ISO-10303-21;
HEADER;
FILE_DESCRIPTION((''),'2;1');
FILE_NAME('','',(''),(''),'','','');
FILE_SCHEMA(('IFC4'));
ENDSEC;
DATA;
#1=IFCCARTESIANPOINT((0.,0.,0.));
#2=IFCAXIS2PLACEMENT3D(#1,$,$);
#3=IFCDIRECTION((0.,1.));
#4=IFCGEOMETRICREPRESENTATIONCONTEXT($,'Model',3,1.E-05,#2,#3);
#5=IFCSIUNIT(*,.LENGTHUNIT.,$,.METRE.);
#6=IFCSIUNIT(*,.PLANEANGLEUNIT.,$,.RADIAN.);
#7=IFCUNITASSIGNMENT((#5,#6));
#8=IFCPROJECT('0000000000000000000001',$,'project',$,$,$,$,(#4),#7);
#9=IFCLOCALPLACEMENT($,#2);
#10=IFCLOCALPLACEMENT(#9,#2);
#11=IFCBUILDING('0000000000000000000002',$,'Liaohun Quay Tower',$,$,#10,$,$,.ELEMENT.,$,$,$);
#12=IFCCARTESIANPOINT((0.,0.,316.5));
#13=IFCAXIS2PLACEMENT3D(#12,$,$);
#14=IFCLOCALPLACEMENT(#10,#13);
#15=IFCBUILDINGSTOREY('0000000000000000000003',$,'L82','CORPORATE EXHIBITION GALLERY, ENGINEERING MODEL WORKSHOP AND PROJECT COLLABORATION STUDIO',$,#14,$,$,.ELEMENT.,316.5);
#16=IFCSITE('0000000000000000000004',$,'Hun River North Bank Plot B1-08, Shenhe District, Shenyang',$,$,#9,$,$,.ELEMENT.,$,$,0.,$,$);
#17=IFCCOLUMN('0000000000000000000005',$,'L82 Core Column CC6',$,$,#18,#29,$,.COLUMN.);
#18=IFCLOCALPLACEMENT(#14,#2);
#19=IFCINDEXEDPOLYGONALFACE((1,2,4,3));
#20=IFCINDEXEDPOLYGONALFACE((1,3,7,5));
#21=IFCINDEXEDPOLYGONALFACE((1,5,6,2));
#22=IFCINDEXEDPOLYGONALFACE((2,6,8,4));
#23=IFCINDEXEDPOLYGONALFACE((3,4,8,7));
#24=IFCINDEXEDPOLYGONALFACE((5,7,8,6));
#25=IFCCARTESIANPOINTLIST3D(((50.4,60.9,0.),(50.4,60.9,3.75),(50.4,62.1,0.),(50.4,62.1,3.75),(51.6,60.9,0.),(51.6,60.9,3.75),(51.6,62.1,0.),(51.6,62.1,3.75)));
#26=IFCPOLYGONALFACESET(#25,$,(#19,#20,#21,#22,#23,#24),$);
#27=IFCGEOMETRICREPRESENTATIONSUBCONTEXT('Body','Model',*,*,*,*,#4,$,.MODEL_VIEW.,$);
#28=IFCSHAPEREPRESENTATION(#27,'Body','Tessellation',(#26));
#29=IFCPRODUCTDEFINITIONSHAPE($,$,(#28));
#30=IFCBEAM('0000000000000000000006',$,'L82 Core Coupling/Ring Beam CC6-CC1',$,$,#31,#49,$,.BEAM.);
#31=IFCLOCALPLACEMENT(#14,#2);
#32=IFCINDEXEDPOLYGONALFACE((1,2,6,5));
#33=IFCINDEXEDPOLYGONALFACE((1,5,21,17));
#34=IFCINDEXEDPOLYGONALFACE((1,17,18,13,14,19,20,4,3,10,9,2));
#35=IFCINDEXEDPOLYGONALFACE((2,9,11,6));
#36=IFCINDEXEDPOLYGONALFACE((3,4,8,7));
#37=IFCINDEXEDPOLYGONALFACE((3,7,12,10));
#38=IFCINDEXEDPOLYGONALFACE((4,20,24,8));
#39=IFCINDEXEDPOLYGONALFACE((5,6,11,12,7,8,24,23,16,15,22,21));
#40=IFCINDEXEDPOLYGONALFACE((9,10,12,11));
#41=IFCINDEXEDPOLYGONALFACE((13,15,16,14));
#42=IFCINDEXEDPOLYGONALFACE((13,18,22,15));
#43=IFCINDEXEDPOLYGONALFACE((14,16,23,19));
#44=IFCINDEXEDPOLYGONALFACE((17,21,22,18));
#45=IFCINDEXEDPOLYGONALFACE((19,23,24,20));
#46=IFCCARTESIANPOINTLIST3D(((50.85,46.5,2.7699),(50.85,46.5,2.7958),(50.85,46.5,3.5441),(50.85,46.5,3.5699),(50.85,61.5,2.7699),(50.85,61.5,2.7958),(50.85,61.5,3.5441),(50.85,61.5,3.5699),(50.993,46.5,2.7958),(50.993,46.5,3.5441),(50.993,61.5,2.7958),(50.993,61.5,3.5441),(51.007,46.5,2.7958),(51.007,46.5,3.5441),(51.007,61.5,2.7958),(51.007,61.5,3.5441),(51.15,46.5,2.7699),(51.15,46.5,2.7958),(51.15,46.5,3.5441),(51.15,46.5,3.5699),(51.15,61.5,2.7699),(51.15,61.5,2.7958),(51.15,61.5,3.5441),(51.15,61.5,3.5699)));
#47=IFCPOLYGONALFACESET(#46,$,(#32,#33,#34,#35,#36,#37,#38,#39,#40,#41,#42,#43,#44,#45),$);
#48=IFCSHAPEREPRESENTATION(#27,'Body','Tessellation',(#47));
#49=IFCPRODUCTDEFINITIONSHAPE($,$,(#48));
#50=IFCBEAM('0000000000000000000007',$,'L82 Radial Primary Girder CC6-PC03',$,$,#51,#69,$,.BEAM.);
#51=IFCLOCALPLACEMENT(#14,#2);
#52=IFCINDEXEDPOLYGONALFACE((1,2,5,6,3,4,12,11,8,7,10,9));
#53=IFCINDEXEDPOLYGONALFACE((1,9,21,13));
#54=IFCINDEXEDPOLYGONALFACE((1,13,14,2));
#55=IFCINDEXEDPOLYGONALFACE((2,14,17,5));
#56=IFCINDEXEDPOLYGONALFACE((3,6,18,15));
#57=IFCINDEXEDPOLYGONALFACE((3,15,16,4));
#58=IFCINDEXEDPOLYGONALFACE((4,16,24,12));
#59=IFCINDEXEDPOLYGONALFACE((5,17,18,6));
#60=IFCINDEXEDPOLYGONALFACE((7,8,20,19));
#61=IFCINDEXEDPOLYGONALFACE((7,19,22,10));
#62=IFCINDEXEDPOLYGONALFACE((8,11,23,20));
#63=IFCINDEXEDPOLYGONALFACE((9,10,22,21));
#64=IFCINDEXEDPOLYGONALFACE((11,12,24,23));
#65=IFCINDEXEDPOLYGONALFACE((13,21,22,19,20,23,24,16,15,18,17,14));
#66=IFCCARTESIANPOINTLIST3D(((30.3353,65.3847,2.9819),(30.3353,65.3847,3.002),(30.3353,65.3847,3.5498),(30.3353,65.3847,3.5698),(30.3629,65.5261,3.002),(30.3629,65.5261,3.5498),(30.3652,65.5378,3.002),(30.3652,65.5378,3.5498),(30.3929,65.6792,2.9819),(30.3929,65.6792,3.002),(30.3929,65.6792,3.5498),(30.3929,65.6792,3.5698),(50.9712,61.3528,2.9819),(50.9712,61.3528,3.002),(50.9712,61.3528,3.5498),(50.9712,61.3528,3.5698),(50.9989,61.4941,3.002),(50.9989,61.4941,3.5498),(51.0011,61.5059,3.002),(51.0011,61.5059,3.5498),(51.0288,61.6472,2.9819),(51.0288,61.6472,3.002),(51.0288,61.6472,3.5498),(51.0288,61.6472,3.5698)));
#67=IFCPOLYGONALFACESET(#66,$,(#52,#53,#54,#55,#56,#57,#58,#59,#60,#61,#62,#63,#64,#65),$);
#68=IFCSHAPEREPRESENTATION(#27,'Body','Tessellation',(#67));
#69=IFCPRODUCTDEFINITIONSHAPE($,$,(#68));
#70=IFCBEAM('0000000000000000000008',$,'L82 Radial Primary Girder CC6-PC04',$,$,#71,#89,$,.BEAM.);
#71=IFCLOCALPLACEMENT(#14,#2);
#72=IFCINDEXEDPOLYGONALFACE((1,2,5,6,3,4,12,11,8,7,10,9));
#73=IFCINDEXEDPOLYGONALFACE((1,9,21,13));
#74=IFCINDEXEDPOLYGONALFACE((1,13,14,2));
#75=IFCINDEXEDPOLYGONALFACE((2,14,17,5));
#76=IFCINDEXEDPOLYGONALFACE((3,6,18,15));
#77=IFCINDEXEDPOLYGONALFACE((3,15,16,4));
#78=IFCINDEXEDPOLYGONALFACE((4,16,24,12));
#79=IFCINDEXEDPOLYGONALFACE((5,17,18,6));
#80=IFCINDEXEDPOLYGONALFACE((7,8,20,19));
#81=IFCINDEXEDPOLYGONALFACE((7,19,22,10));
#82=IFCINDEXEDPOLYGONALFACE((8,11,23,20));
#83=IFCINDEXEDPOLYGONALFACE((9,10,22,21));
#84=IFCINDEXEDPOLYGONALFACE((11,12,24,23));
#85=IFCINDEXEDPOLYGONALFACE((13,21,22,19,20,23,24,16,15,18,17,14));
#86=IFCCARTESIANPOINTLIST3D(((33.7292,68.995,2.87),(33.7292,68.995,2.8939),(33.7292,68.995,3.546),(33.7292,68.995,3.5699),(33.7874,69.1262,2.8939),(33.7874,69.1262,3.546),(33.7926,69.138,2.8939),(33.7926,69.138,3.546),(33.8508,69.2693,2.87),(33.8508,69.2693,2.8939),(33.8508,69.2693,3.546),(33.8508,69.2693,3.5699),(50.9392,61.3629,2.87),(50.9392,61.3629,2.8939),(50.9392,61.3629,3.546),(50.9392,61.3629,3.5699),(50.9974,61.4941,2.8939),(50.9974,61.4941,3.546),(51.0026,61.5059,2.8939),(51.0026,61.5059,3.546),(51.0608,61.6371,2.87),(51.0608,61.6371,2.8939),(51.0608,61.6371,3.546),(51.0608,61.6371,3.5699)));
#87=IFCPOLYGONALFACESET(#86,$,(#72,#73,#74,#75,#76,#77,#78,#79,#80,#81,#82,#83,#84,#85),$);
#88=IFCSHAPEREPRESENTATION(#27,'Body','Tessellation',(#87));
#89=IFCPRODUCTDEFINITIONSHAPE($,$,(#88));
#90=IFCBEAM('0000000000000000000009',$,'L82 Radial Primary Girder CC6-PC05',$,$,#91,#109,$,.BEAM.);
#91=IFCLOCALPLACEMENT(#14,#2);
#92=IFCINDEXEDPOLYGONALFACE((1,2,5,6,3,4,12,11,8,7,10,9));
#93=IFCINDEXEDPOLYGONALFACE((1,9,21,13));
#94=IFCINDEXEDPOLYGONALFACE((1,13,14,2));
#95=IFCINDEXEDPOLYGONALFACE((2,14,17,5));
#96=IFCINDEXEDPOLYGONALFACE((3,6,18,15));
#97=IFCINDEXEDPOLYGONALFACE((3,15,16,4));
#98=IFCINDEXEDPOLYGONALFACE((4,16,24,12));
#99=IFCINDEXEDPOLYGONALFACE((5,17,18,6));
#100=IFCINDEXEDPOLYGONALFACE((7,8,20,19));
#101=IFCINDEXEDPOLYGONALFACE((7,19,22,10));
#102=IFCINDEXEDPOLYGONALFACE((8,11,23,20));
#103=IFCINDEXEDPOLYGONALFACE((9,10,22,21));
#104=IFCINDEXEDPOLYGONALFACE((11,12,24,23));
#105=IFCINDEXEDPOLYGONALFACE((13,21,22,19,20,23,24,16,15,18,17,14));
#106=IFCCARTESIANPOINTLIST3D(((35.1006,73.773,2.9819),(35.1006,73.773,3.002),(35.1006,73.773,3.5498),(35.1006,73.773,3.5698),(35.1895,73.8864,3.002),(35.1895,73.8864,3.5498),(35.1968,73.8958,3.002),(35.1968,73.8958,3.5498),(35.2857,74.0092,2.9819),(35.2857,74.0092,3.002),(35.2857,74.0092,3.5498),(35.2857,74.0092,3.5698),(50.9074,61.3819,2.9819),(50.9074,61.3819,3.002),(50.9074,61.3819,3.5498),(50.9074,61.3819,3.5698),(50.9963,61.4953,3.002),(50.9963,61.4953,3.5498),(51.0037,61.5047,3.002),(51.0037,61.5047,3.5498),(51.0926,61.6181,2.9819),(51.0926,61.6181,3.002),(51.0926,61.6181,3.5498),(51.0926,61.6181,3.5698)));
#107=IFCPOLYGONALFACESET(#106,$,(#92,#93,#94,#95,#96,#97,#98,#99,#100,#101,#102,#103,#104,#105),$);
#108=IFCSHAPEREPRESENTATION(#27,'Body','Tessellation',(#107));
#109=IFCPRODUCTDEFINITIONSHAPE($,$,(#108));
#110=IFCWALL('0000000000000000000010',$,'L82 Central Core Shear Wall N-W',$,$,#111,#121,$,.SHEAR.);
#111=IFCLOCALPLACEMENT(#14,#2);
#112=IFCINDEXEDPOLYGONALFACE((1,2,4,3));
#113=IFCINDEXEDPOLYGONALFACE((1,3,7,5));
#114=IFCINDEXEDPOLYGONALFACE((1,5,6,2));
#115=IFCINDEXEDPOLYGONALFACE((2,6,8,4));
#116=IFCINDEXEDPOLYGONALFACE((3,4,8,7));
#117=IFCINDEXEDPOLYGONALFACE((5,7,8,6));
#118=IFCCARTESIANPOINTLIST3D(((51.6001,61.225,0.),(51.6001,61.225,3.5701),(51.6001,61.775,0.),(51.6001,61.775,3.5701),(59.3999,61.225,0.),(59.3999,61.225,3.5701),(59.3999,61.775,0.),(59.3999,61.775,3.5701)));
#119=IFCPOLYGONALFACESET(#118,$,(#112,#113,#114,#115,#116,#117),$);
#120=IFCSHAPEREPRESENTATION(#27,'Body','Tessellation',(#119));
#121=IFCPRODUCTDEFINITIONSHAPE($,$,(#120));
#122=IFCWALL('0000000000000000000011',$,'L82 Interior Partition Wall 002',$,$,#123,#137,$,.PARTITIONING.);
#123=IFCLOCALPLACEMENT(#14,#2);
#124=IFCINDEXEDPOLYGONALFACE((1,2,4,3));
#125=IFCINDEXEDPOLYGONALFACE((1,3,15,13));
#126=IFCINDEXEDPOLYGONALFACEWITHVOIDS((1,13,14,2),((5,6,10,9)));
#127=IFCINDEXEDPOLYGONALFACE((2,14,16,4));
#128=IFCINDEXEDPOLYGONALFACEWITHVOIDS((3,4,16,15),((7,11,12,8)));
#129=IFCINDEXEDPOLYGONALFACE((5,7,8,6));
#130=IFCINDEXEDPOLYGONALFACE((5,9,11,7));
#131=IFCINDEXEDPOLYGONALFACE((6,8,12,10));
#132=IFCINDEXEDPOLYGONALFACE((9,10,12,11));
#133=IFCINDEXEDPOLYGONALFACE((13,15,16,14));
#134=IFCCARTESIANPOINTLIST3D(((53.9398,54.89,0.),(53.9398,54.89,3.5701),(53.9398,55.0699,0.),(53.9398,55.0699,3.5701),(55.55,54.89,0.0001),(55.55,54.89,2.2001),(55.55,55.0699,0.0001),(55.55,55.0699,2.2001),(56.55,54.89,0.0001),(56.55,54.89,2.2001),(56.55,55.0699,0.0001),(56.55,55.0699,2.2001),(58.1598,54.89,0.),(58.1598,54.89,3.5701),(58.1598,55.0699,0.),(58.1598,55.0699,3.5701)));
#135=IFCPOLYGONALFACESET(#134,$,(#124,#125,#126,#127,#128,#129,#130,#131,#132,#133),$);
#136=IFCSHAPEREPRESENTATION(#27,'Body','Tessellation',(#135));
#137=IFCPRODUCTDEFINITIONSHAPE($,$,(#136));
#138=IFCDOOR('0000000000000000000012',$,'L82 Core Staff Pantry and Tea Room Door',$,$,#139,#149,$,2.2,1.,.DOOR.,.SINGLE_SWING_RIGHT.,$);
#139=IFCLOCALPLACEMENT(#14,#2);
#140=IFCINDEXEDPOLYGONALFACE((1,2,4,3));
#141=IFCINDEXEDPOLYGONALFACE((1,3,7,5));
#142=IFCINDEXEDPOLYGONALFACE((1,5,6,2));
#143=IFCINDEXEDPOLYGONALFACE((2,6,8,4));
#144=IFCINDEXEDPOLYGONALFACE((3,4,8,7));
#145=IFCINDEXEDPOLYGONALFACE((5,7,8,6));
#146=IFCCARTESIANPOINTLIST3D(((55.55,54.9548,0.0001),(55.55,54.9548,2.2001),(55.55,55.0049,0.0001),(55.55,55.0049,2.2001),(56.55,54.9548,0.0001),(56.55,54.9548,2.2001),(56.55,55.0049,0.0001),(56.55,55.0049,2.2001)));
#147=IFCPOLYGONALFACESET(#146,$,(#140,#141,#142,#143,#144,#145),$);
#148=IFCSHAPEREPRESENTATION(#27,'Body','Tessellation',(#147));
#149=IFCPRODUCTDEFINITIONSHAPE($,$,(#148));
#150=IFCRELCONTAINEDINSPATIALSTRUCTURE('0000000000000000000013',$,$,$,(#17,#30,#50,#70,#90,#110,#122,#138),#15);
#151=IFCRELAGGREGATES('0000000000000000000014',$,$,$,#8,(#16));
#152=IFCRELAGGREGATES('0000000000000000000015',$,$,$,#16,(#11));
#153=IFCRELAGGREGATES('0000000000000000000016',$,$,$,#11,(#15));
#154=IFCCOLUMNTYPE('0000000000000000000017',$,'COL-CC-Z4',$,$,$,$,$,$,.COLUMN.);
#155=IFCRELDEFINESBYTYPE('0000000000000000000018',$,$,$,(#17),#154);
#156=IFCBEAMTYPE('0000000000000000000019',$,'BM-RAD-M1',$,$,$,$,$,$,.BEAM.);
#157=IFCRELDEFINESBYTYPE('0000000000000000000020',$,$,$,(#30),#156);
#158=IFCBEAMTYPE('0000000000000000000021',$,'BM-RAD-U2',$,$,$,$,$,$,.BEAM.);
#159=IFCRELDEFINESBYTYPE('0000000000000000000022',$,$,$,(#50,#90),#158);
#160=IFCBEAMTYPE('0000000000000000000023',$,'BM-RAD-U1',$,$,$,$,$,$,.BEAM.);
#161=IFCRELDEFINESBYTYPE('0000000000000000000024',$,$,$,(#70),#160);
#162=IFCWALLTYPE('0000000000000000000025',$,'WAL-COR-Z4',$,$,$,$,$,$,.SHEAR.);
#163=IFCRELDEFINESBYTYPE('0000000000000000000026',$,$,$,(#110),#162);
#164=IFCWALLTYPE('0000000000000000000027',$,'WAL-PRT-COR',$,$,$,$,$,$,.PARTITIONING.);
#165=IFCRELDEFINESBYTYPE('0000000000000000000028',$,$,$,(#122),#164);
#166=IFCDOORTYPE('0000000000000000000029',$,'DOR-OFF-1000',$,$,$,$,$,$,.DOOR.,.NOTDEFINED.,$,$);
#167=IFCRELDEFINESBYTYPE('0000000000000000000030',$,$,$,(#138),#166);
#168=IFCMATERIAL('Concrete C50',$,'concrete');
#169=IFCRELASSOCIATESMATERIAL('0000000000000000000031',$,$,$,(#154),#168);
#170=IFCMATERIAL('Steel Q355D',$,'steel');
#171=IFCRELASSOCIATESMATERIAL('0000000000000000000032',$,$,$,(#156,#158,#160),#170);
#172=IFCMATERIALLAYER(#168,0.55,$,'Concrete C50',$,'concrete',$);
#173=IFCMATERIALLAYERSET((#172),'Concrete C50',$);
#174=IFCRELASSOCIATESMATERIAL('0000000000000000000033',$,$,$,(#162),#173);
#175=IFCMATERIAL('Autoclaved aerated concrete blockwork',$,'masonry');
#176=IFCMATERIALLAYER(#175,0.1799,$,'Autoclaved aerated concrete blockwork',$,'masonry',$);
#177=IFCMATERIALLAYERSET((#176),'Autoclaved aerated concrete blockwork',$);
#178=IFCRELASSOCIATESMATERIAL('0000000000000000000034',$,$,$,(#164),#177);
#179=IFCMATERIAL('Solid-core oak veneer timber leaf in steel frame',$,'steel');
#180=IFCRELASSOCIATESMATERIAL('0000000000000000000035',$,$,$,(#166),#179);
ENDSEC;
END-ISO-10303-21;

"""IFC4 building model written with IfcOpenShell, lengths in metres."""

from ifc_helpers import new_model, si_unit, direction, frame, frame_2d, origin, origin_2d, place, context, subcontext, project, spatial, rectangle, i_section, extrude, source, transform, mapped, material, layer, layer_set, material_profile, profile_set, type_object, element, fill, save


model = new_model("IFC4")

# Units and contexts
model_context = context("Model", 3, precision=1e-05, world=origin(), true_north=direction((0.0, 1.0)))
body_context = subcontext(model_context, "Body", "Model", "MODEL_VIEW")
ifc_project = project(units=[si_unit("LENGTHUNIT", "METRE"), si_unit("PLANEANGLEUNIT", "RADIAN")], contexts=[model_context])

# Site, building, storey
site_placement = place(None, origin())
site = spatial("IfcSite", under=ifc_project, at=site_placement, Name="Hun River North Bank Plot B1-08, Shenhe District, Shenyang", CompositionType="ELEMENT", RefElevation=0.0)
building_placement = place(site_placement, origin())
building = spatial("IfcBuilding", under=site, at=building_placement, Name="Liaohun Quay Tower", CompositionType="ELEMENT")
storey_placement = place(building_placement, frame((0.0, 0.0, 316.5)))
storey = spatial("IfcBuildingStorey", under=building, at=storey_placement, Name="L82", Description="CORPORATE EXHIBITION GALLERY, ENGINEERING MODEL WORKSHOP AND PROJECT COLLABORATION STUDIO", CompositionType="ELEMENT", Elevation=316.5)

# Column
ifc_material_1 = material(Name="Concrete C50", Category="concrete")
ifc_material_profile_1 = material_profile(ifc_material_1, rectangle(XDim=1.2, YDim=1.2, at=origin_2d()), Name="RC1200x1200")
ifc_profile_set_1 = profile_set([ifc_material_profile_1], Name="Concrete C50")
column_type = type_object("IfcColumnType", Name="COL-CC-Z4", PredefinedType="COLUMN", material=ifc_profile_set_1)
shared_shape_1 = source(origin(), body_context, "Body", "SweptSolid", [
    extrude(rectangle(XDim=1.2, YDim=1.2, at=origin_2d()), origin(), (0.0, 0.0, 1.0), 3.75),
])
column_placement = place(storey_placement, frame((51.0, 61.5, 0.0), z_axis=(0.0, 0.0, 1.0), x_axis=(1.0, 0.0, 0.0)))
element("IfcColumn", 1, at=column_placement, inside=storey, type_object=column_type, Name="L82 Core Column CC6", PredefinedType="COLUMN", context=body_context, shape_type="MappedRepresentation", body=[
    mapped(shared_shape_1, transform((0.0, 0.0, 0.0), x_axis=(1.0, 0.0, 0.0), y_axis=(0.0, 1.0, 0.0), z_axis=(0.0, 0.0, 1.0), scale=1.0)),
])

# Beams
ifc_material_2 = material(Name="Steel Q355D", Category="steel")
ifc_material_profile_2 = material_profile(ifc_material_2, i_section(OverallWidth=0.3, OverallDepth=0.8, WebThickness=0.0139, FlangeThickness=0.0259, at=origin_2d()), Name="HN800x300x14x26")
ifc_profile_set_2 = profile_set([ifc_material_profile_2], Name="Steel Q355D")
beam_type_1 = type_object("IfcBeamType", Name="BM-RAD-M1", PredefinedType="BEAM", material=ifc_profile_set_2)
shared_shape_2 = source(origin(), body_context, "Body", "SweptSolid", [
    extrude(i_section(OverallWidth=0.3, OverallDepth=0.8, WebThickness=0.0139, FlangeThickness=0.0259, at=origin_2d()), origin(), (0.0, 0.0, 1.0), 15.0),
])
beam_1_placement = place(storey_placement, frame((51.0, 61.5, 3.1699), z_axis=(0.0, -1.0, 0.0), x_axis=(1.0, 0.0, 0.0)))
element("IfcBeam", 2, at=beam_1_placement, inside=storey, type_object=beam_type_1, Name="L82 Core Coupling/Ring Beam CC6-CC1", PredefinedType="BEAM", context=body_context, shape_type="MappedRepresentation", body=[
    mapped(shared_shape_2, transform((0.0, 0.0, 0.0), x_axis=(1.0, 0.0, 0.0), y_axis=(0.0, 1.0, 0.0), z_axis=(0.0, 0.0, 1.0), scale=1.0)),
])
ifc_material_profile_3 = material_profile(ifc_material_2, i_section(OverallWidth=0.3, OverallDepth=0.5879, WebThickness=0.012, FlangeThickness=0.02, at=origin_2d()), Name="HM588x300x12x20")
ifc_profile_set_3 = profile_set([ifc_material_profile_3], Name="Steel Q355D")
beam_type_2 = type_object("IfcBeamType", Name="BM-RAD-U2", PredefinedType="BEAM", material=ifc_profile_set_3)
shared_shape_3 = source(origin(), body_context, "Body", "SweptSolid", [
    extrude(i_section(OverallWidth=0.3, OverallDepth=0.5879, WebThickness=0.012, FlangeThickness=0.02, at=origin_2d()), origin(), (0.0, 0.0, 1.0), 21.0261),
])
beam_2_placement = place(storey_placement, frame((51.0, 61.5, 3.2759), z_axis=(-0.981442, 0.19176, 0.0), x_axis=(-0.19176, -0.981442, 0.0)))
element("IfcBeam", 3, at=beam_2_placement, inside=storey, type_object=beam_type_2, Name="L82 Radial Primary Girder CC6-PC03", PredefinedType="BEAM", context=body_context, shape_type="MappedRepresentation", body=[
    mapped(shared_shape_3, transform((0.0, 0.0, 0.0), x_axis=(1.0, 0.0, 0.0), y_axis=(0.0, 1.0, 0.0), z_axis=(0.0, 0.0, 1.0), scale=1.0)),
])
ifc_material_profile_4 = material_profile(ifc_material_2, i_section(OverallWidth=0.3, OverallDepth=0.7, WebThickness=0.0129, FlangeThickness=0.0239, at=origin_2d()), Name="HN700x300x13x24")
ifc_profile_set_4 = profile_set([ifc_material_profile_4], Name="Steel Q355D")
beam_type_3 = type_object("IfcBeamType", Name="BM-RAD-U1", PredefinedType="BEAM", material=ifc_profile_set_4)
shared_shape_4 = source(origin(), body_context, "Body", "SweptSolid", [
    extrude(i_section(OverallWidth=0.3, OverallDepth=0.7, WebThickness=0.0129, FlangeThickness=0.0239, at=origin_2d()), origin(), (0.0, 0.0, 1.0), 18.8264),
])
beam_3_placement = place(storey_placement, frame((51.0, 61.5, 3.22), z_axis=(-0.914142, 0.405394, 0.0), x_axis=(-0.405394, -0.914142, 0.0)))
element("IfcBeam", 4, at=beam_3_placement, inside=storey, type_object=beam_type_3, Name="L82 Radial Primary Girder CC6-PC04", PredefinedType="BEAM", context=body_context, shape_type="MappedRepresentation", body=[
    mapped(shared_shape_4, transform((0.0, 0.0, 0.0), x_axis=(1.0, 0.0, 0.0), y_axis=(0.0, 1.0, 0.0), z_axis=(0.0, 0.0, 1.0), scale=1.0)),
])
shared_shape_5 = source(origin(), body_context, "Body", "SweptSolid", [
    extrude(i_section(OverallWidth=0.3, OverallDepth=0.5879, WebThickness=0.012, FlangeThickness=0.02, at=origin_2d()), origin(), (0.0, 0.0, 1.0), 20.0847),
])
beam_4_placement = place(storey_placement, frame((51.0, 61.5, 3.2759), z_axis=(-0.787009, 0.616941, 0.0), x_axis=(-0.616941, -0.787009, 0.0)))
element("IfcBeam", 5, at=beam_4_placement, inside=storey, type_object=beam_type_2, Name="L82 Radial Primary Girder CC6-PC05", PredefinedType="BEAM", context=body_context, shape_type="MappedRepresentation", body=[
    mapped(shared_shape_5, transform((0.0, 0.0, 0.0), x_axis=(1.0, 0.0, 0.0), y_axis=(0.0, 1.0, 0.0), z_axis=(0.0, 0.0, 1.0), scale=1.0)),
])

# Wall
ifc_layer_1 = layer(ifc_material_1, 0.55, Name="Concrete C50", Category="concrete")
ifc_layer_set_1 = layer_set([ifc_layer_1], Name="Concrete C50")
wall_type_1 = type_object("IfcWallType", Name="WAL-COR-Z4", PredefinedType="SHEAR", material=ifc_layer_set_1)
wall_1_placement = place(storey_placement, frame((51.6001, 61.5, 0.0), z_axis=(0.0, 0.0, 1.0), x_axis=(1.0, 0.0, 0.0)))
element("IfcWall", 6, at=wall_1_placement, inside=storey, type_object=wall_type_1, Name="L82 Central Core Shear Wall N-W", PredefinedType="SHEAR", context=body_context, shape_type="SweptSolid", body=[
    extrude(rectangle(XDim=7.7998, YDim=0.55, at=frame_2d((3.8999, 0.0))), origin(), (0.0, 0.0, 1.0), 3.5701),
])

# Wall, opening, door
ifc_material_3 = material(Name="Autoclaved aerated concrete blockwork", Category="masonry")
ifc_layer_2 = layer(ifc_material_3, 0.1799, Name="Autoclaved aerated concrete blockwork", Category="masonry")
ifc_layer_set_2 = layer_set([ifc_layer_2], Name="Autoclaved aerated concrete blockwork")
wall_type_2 = type_object("IfcWallType", Name="WAL-PRT-COR", PredefinedType="PARTITIONING", material=ifc_layer_set_2)
wall_2_placement = place(storey_placement, frame((53.9399, 54.98, 0.0), z_axis=(0.0, 0.0, 1.0), x_axis=(1.0, 0.0, 0.0)))
wall_2 = element("IfcWall", 7, at=wall_2_placement, inside=storey, type_object=wall_type_2, Name="L82 Interior Partition Wall 002", PredefinedType="PARTITIONING", context=body_context, shape_type="SweptSolid", body=[
    extrude(rectangle(XDim=4.22, YDim=0.1799, at=frame_2d((2.1099, 0.0))), origin(), (0.0, 0.0, 1.0), 3.5701),
])
shared_shape_6 = source(origin(), body_context, "Body", "SweptSolid", [
    extrude(rectangle(XDim=1.0, YDim=2.2, at=frame_2d((0.5, 1.1001))), frame((0.0, 0.0999, 0.0), z_axis=(0.0, -1.0, 0.0), x_axis=(1.0, 0.0, 0.0)), (0.0, 0.0, 1.0), 0.2),
])
opening_1_placement = place(wall_2_placement, frame((1.6101, 0.0, 0.0)))
opening_1 = element("IfcOpeningElement", 8, at=opening_1_placement, cuts=wall_2, PredefinedType="OPENING", context=body_context, shape_type="MappedRepresentation", body=[
    mapped(shared_shape_6, transform((0.0, 0.0, 0.0), x_axis=(1.0, 0.0, 0.0), y_axis=(0.0, 1.0, 0.0), z_axis=(0.0, 0.0, 1.0), scale=1.0)),
])
ifc_material_4 = material(Name="Solid-core oak veneer timber leaf in steel frame", Category="steel")
door_type_1 = type_object("IfcDoorType", Name="DOR-OFF-1000", OperationType="NOTDEFINED", PredefinedType="DOOR", material=ifc_material_4)
shared_shape_7 = source(origin(), body_context, "Body", "SweptSolid", [
    extrude(rectangle(XDim=1.0, YDim=2.2, at=frame_2d((0.5, 1.1001))), frame((0.0, 0.0249, 0.0), z_axis=(0.0, -1.0, 0.0), x_axis=(1.0, 0.0, 0.0)), (0.0, 0.0, 1.0), 0.05),
])
door_1_placement = place(opening_1_placement, origin())
door_1 = element("IfcDoor", 9, at=door_1_placement, inside=storey, type_object=door_type_1, Name="L82 Core Staff Pantry and Tea Room Door", OperationType="SINGLE_SWING_RIGHT", OverallHeight=2.2, OverallWidth=1.0, PredefinedType="DOOR", context=body_context, shape_type="MappedRepresentation", body=[
    mapped(shared_shape_7, transform((0.0, 0.0, 0.0), x_axis=(1.0, 0.0, 0.0), y_axis=(0.0, 1.0, 0.0), z_axis=(0.0, 0.0, 1.0), scale=1.0)),
])
fill(opening_1, door_1)

save(model, "model.ifc")
